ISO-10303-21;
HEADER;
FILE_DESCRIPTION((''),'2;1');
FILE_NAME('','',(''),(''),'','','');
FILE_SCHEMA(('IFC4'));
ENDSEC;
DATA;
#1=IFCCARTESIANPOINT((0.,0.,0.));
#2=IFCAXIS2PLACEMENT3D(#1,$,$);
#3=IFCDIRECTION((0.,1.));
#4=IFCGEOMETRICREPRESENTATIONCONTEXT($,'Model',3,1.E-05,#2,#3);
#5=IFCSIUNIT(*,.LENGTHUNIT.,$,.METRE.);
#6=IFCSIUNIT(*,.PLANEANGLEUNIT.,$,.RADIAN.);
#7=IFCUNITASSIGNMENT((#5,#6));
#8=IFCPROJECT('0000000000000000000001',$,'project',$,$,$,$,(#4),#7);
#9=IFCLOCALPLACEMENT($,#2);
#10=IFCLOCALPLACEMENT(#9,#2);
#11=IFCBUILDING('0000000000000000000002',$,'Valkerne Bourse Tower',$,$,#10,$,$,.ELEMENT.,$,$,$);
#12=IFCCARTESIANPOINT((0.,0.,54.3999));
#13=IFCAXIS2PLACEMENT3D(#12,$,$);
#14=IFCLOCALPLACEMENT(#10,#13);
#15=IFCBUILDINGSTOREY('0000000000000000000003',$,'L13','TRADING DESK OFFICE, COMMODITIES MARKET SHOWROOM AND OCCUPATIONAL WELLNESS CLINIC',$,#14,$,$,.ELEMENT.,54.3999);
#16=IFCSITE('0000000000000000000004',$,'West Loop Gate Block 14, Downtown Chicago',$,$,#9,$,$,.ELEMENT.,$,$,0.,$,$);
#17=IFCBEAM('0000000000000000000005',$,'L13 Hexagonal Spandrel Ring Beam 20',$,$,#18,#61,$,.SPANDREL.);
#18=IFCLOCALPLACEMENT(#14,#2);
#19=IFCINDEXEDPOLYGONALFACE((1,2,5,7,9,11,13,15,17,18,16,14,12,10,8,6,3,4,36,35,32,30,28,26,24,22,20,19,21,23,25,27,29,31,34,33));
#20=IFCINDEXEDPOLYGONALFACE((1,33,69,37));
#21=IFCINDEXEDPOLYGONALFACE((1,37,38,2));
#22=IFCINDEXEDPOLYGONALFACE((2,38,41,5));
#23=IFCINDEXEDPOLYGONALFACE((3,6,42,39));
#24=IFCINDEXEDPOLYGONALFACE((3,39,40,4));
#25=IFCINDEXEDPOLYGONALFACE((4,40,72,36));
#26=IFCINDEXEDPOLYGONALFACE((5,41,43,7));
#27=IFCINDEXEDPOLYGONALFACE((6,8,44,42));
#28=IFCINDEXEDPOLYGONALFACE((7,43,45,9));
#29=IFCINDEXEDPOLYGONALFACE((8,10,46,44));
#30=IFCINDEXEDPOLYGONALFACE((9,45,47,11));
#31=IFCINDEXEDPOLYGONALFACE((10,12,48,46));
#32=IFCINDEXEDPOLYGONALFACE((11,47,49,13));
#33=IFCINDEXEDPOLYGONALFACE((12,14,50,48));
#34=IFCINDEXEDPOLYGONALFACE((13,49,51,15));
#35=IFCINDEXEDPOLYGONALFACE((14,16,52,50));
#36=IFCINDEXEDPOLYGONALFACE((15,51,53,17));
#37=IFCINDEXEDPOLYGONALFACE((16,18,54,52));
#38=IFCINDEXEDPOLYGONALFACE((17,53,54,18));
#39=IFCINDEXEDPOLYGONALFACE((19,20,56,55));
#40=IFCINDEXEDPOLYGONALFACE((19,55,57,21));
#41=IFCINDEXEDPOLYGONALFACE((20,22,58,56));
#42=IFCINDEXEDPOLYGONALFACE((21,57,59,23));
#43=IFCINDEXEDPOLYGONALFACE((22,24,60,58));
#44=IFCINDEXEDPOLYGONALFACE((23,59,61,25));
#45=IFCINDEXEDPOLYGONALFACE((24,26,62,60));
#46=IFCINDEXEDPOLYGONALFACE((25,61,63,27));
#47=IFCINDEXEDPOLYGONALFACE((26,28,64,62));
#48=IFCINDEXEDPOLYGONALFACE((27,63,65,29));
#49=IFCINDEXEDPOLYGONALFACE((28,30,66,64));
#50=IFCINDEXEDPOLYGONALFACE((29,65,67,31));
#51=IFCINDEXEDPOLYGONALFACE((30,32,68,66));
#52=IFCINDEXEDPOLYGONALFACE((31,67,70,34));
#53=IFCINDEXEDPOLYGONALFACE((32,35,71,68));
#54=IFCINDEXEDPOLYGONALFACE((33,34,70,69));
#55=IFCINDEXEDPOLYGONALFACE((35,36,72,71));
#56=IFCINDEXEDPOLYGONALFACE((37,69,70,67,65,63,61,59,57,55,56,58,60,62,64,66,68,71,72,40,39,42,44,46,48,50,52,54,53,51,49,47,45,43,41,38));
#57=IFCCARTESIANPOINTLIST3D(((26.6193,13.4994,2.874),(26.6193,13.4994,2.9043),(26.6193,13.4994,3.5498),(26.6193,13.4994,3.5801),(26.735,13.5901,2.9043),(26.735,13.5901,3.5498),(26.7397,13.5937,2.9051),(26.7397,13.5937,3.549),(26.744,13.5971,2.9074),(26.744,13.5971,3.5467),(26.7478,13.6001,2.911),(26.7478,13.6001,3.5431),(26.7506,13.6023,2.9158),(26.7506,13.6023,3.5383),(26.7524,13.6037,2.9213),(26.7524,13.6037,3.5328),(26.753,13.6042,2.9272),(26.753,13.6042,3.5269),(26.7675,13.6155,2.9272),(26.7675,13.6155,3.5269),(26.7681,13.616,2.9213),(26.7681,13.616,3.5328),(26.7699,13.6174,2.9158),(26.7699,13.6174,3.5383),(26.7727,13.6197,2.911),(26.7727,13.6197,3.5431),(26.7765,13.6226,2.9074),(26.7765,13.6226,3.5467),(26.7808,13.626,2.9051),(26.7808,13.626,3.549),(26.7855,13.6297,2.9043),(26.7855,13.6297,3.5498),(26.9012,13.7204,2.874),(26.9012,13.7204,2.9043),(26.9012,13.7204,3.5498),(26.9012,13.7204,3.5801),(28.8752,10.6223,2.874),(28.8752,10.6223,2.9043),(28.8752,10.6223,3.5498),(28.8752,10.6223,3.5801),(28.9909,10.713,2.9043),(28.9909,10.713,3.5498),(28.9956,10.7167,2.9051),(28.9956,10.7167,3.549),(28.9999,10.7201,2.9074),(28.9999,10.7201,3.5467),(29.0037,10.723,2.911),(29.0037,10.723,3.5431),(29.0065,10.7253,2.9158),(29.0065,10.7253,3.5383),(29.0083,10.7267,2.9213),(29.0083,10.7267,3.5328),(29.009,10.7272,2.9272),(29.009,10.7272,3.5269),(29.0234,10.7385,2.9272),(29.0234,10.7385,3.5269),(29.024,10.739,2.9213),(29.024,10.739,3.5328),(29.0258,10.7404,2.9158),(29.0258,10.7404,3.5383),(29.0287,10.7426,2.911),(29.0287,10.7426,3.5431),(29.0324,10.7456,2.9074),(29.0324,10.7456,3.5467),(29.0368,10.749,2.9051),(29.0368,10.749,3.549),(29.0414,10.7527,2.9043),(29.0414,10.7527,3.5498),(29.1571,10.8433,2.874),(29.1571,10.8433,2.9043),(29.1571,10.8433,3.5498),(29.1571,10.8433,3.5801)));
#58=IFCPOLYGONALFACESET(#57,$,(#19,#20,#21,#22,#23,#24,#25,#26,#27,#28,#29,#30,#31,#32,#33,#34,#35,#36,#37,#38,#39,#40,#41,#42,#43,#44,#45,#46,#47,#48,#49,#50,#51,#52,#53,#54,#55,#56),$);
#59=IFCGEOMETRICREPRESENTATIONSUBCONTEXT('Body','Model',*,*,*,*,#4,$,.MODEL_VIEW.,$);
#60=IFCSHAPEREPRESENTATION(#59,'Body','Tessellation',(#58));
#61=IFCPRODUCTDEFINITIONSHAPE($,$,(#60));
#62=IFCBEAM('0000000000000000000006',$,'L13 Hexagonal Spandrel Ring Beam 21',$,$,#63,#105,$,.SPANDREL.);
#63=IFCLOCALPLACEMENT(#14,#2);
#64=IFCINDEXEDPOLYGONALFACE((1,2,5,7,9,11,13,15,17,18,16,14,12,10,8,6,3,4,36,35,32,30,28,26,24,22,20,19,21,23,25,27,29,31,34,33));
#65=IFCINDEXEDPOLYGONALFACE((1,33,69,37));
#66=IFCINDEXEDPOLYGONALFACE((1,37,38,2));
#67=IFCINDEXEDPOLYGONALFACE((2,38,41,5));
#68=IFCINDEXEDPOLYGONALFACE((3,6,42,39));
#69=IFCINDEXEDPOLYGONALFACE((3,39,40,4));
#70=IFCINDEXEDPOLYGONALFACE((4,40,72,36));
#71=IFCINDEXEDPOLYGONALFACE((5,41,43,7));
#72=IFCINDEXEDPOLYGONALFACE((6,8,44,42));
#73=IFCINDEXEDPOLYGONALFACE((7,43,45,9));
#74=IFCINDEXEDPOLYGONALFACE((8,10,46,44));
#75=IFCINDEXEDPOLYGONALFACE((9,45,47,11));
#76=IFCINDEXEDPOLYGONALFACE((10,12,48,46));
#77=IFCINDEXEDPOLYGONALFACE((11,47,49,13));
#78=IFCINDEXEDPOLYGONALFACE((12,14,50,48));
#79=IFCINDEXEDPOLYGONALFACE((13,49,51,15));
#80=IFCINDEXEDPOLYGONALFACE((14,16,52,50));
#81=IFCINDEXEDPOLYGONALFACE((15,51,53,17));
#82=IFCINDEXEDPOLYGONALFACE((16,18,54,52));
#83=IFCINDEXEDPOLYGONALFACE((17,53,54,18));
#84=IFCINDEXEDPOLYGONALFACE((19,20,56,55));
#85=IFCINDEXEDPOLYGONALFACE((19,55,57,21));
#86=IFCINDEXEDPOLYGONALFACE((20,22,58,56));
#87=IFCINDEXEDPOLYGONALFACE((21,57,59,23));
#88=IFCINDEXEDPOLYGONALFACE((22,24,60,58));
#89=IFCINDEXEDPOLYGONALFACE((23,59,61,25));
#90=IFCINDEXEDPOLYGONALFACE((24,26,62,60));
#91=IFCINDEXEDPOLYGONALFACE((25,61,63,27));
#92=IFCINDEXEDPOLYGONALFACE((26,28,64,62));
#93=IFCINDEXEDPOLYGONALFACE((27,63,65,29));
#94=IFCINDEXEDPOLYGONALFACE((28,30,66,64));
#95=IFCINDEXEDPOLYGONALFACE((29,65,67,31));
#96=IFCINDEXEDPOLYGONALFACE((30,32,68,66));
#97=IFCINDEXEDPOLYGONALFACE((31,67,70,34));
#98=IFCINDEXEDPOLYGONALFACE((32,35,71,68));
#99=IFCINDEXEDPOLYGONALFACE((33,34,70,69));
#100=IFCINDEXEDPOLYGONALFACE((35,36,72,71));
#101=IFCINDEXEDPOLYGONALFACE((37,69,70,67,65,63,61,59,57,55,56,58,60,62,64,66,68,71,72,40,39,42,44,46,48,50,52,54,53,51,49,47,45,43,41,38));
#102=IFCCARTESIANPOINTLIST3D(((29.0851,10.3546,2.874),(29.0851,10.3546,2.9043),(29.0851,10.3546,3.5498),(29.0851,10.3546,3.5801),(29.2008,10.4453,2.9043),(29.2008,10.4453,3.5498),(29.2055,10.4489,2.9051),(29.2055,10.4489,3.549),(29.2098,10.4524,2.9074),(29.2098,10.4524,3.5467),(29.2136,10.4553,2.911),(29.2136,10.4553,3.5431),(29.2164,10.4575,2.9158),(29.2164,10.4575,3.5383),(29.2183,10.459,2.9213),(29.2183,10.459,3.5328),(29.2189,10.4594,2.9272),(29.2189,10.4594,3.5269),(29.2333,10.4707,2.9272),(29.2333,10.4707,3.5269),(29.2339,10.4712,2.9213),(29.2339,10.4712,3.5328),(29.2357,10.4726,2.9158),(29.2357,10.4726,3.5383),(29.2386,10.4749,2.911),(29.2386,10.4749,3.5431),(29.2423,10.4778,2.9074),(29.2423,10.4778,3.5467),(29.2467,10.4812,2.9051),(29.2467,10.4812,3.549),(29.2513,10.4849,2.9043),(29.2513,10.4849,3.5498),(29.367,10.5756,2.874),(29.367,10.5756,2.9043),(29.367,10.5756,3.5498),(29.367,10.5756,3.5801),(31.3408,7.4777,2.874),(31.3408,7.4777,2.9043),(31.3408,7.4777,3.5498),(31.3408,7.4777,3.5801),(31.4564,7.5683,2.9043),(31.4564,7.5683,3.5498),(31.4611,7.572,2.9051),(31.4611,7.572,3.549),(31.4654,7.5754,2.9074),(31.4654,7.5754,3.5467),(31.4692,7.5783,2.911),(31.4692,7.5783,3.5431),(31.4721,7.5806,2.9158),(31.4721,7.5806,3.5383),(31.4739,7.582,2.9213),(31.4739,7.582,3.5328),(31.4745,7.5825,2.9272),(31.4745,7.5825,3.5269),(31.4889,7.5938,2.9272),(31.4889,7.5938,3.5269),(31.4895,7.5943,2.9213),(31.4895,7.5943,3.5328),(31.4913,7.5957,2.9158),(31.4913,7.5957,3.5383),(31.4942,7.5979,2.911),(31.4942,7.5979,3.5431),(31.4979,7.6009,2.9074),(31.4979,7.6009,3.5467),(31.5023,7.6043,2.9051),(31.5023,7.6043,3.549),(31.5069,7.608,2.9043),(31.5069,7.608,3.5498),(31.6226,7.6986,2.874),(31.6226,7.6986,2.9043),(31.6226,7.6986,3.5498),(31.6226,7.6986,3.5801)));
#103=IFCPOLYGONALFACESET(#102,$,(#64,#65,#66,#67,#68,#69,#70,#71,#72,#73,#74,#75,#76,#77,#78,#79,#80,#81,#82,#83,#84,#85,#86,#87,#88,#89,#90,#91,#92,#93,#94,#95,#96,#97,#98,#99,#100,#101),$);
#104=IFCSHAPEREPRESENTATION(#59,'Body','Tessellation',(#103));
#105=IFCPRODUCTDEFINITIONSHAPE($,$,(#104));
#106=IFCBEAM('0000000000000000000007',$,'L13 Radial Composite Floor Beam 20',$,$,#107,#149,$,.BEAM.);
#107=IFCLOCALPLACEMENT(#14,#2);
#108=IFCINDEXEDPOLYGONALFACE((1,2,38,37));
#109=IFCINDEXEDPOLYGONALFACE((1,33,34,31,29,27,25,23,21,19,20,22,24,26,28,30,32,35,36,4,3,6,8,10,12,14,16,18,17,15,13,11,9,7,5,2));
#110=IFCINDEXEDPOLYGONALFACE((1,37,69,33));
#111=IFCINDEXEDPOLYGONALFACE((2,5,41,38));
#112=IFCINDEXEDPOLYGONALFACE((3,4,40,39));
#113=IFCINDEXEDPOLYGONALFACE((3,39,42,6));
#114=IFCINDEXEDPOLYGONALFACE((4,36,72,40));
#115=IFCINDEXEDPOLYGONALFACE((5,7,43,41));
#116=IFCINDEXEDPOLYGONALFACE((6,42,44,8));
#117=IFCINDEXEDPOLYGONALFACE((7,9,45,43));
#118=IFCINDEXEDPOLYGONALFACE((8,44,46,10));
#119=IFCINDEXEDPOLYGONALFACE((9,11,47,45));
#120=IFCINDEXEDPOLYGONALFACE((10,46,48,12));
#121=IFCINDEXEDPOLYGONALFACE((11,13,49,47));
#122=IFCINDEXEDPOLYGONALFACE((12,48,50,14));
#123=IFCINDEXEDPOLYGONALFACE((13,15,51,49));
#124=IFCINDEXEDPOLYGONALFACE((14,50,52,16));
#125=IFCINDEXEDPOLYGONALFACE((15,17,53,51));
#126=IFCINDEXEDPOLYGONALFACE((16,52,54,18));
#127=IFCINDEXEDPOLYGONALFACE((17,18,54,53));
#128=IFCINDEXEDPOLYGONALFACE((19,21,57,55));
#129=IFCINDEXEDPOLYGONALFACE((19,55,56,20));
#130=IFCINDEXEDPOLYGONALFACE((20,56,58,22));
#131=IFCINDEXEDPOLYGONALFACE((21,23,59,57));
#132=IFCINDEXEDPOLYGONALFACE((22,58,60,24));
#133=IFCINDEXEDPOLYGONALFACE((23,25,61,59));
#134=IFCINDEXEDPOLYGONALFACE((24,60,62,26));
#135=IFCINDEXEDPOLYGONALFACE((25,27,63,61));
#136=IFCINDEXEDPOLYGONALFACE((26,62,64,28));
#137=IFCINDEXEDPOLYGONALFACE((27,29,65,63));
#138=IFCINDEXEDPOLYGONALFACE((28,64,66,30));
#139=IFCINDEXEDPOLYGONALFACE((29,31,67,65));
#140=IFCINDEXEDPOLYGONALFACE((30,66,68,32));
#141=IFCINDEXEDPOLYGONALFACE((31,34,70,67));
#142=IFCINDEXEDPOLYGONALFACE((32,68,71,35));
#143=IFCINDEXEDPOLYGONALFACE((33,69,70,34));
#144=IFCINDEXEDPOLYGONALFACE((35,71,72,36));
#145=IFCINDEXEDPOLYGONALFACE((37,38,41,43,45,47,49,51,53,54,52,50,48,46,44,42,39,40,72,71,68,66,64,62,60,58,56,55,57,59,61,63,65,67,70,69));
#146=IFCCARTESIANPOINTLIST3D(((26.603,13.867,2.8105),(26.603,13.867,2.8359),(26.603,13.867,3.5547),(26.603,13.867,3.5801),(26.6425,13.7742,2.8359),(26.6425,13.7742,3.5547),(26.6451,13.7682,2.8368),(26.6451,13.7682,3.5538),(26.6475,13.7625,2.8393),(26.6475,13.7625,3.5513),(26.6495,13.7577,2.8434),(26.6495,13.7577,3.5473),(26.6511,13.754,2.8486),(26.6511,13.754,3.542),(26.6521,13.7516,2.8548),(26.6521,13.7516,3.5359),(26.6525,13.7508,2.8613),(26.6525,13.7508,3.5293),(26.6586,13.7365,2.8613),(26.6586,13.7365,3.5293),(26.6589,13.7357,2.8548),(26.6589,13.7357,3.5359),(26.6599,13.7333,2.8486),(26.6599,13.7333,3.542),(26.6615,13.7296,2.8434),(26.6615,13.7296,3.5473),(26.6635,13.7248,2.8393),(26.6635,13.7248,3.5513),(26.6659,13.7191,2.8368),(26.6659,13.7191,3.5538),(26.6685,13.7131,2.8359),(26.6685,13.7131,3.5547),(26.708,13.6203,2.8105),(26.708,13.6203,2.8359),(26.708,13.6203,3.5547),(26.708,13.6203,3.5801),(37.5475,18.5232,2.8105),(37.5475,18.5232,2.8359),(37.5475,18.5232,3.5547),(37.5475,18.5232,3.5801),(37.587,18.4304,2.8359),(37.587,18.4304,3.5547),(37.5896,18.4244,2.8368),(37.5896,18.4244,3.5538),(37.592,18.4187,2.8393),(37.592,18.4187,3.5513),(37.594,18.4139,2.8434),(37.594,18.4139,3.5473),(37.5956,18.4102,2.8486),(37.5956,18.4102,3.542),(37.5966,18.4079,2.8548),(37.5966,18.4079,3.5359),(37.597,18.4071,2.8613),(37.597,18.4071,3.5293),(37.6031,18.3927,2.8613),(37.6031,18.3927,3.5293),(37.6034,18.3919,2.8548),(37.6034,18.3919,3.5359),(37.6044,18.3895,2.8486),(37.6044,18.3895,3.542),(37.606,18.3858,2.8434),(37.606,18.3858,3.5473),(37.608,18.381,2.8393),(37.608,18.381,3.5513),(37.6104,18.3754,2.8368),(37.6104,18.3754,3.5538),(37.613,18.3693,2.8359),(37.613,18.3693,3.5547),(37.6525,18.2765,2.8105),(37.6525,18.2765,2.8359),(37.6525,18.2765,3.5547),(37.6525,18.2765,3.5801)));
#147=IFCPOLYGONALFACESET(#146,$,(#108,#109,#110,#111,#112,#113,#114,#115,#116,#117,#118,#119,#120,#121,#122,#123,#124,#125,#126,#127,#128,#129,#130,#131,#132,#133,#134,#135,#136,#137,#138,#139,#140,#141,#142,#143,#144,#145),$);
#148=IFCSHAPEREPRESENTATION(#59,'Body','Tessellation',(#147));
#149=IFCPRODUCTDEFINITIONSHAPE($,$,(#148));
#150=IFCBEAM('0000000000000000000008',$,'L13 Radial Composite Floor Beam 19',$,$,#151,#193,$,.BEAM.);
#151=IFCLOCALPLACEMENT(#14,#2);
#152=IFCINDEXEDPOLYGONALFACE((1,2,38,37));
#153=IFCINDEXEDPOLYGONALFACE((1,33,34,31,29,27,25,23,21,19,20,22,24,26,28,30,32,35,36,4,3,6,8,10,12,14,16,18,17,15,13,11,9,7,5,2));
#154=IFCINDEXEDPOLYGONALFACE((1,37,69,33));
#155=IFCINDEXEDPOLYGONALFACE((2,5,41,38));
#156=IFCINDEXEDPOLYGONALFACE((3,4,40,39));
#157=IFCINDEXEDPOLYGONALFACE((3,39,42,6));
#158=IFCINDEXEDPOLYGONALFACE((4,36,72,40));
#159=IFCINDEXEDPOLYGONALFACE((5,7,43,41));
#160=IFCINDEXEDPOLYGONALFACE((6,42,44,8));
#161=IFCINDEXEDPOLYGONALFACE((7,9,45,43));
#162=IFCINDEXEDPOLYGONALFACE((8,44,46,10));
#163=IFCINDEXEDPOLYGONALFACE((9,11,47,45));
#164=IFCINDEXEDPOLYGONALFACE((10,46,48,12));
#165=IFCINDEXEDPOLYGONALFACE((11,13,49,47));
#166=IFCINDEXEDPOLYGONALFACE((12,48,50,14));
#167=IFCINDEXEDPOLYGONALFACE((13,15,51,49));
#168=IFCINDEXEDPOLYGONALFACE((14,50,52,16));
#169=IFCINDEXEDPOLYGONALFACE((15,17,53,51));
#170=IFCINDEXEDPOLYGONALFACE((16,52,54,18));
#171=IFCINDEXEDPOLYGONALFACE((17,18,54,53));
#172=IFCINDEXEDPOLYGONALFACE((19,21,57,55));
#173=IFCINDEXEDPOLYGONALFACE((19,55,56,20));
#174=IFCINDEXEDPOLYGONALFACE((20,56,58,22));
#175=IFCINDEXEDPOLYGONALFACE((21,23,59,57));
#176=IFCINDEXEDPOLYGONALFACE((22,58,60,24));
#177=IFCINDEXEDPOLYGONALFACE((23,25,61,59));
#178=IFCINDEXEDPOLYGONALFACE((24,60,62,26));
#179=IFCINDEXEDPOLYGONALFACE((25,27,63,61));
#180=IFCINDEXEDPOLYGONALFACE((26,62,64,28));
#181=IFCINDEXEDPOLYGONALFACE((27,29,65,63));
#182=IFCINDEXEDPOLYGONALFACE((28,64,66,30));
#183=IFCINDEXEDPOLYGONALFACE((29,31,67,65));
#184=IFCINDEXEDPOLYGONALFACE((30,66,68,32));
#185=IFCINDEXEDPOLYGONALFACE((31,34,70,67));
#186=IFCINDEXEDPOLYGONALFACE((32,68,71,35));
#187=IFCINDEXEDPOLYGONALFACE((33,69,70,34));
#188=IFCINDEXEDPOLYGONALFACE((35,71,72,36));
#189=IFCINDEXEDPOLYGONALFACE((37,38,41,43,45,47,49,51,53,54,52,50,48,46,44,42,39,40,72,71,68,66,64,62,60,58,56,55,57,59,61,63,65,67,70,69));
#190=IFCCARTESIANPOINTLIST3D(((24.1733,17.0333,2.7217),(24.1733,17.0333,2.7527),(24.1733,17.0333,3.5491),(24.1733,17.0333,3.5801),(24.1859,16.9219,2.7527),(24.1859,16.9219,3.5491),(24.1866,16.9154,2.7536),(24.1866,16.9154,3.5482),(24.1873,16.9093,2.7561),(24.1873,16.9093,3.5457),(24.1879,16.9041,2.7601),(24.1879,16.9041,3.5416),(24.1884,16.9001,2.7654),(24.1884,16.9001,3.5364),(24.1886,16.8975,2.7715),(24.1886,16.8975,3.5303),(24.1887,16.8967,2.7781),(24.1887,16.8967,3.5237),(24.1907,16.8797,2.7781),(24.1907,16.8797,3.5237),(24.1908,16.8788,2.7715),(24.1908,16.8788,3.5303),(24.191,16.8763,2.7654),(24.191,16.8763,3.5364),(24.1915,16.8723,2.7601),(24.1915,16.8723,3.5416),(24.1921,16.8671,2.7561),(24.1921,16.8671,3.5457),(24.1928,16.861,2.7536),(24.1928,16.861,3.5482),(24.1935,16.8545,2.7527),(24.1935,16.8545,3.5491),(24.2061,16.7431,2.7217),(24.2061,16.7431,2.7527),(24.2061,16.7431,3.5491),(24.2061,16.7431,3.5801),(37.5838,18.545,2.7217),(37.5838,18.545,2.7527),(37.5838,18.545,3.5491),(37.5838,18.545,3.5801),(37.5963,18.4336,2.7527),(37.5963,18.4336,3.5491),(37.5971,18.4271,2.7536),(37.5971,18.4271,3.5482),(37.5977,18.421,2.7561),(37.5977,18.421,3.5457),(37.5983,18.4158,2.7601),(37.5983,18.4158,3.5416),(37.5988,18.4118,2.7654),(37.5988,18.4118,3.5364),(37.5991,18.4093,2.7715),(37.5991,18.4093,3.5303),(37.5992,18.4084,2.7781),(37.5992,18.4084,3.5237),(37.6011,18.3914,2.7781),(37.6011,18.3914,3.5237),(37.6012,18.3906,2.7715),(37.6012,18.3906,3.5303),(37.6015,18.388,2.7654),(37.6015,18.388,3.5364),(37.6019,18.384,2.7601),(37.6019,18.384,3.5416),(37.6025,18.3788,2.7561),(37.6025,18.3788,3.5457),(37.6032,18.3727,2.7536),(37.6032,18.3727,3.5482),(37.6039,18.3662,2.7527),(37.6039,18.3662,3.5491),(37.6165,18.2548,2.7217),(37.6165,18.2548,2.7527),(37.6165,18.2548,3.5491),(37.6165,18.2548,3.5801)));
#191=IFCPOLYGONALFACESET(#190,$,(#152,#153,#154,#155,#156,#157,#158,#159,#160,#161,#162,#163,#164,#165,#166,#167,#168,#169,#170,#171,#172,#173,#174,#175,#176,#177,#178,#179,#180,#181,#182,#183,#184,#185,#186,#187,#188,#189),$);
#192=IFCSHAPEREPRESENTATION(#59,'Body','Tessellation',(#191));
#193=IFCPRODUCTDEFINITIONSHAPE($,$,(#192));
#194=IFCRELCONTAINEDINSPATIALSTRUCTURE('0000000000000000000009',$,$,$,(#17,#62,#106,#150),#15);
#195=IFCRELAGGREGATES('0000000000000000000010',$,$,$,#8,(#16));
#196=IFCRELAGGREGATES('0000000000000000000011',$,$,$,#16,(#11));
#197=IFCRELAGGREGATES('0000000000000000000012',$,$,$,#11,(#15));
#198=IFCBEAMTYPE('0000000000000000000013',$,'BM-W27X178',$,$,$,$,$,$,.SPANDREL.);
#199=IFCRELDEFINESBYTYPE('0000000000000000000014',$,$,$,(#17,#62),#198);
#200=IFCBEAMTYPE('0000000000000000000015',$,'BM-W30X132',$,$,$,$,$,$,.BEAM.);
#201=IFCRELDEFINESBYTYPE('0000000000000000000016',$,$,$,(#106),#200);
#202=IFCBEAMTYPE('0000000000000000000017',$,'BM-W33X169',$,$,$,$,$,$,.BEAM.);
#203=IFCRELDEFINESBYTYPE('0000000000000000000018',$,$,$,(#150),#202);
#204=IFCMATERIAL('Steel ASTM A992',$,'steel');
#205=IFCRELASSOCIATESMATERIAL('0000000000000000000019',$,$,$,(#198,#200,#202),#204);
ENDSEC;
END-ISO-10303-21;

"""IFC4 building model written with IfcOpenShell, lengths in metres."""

from ifc_helpers import new_model, si_unit, direction, frame, origin, origin_2d, place, context, subcontext, project, spatial, i_section, extrude, material, material_profile, profile_set, type_object, element, save


model = new_model("IFC4")

# Units and contexts
model_context = context("Model", 3, precision=1e-05, world=origin(), true_north=direction((0.0, 1.0)))
body_context = subcontext(model_context, "Body", "Model", "MODEL_VIEW")
ifc_project = project(units=[si_unit("LENGTHUNIT", "METRE"), si_unit("PLANEANGLEUNIT", "RADIAN")], contexts=[model_context])

# Site, building, storey
site_placement = place(None, origin())
site = spatial("IfcSite", under=ifc_project, at=site_placement, Name="West Loop Gate Block 14, Downtown Chicago", CompositionType="ELEMENT", RefElevation=0.0)
building_placement = place(site_placement, origin())
building = spatial("IfcBuilding", under=site, at=building_placement, Name="Valkerne Bourse Tower", CompositionType="ELEMENT")
storey_placement = place(building_placement, frame((0.0, 0.0, 54.3999)))
storey = spatial("IfcBuildingStorey", under=building, at=storey_placement, Name="L13", Description="TRADING DESK OFFICE, COMMODITIES MARKET SHOWROOM AND OCCUPATIONAL WELLNESS CLINIC", CompositionType="ELEMENT", Elevation=54.3999)

# Beams
ifc_material_1 = material(Name="Steel ASTM A992", Category="steel")
ifc_material_profile_1 = material_profile(ifc_material_1, i_section(OverallWidth=0.3582, OverallDepth=0.7061, WebThickness=0.0183, FlangeThickness=0.0303, FilletRadius=0.0229, at=origin_2d()), Name="W27X178")
ifc_profile_set_1 = profile_set([ifc_material_profile_1], Name="Steel ASTM A992")
beam_type_1 = type_object("IfcBeamType", Name="BM-W27X178", PredefinedType="SPANDREL", material=ifc_profile_set_1)
for number, where, z_axis, x_axis, name in (
    (1, (26.7603, 13.6099, 3.2271), (0.617043, -0.78693, 0.0), (0.78693, 0.617043, 0.0), "L13 Hexagonal Spandrel Ring Beam 20"),
):
    element("IfcBeam", number, at=place(storey_placement, frame(where, z_axis=z_axis, x_axis=x_axis)), inside=storey, type_object=beam_type_1, Name=name, PredefinedType="SPANDREL", context=body_context, shape_type="SweptSolid", body=[
        extrude(i_section(OverallWidth=0.3582, OverallDepth=0.7061, WebThickness=0.0183, FlangeThickness=0.0303, FilletRadius=0.0229, at=origin_2d()), origin(), (0.0, 0.0, 1.0), 3.656),
    ])
beam_1_placement = place(storey_placement, frame((29.2261, 10.4651, 3.2271), z_axis=(0.617001, -0.786962, 0.0), x_axis=(0.786962, 0.617001, 0.0)))
element("IfcBeam", 2, at=beam_1_placement, inside=storey, type_object=beam_type_1, Name="L13 Hexagonal Spandrel Ring Beam 21", PredefinedType="SPANDREL", context=body_context, shape_type="SweptSolid", body=[
    extrude(i_section(OverallWidth=0.3582, OverallDepth=0.7061, WebThickness=0.0183, FlangeThickness=0.0303, FilletRadius=0.0229, at=origin_2d()), origin(), (0.0, 0.0, 1.0), 3.6558),
])
ifc_material_profile_2 = material_profile(ifc_material_1, i_section(OverallWidth=0.2681, OverallDepth=0.7695, WebThickness=0.0156, FlangeThickness=0.0254, FilletRadius=0.0254, at=origin_2d()), Name="W30X132")
ifc_profile_set_2 = profile_set([ifc_material_profile_2], Name="Steel ASTM A992")
beam_type_2 = type_object("IfcBeamType", Name="BM-W30X132", PredefinedType="BEAM", material=ifc_profile_set_2)
beam_2_placement = place(storey_placement, frame((26.6555, 13.7437, 3.1953), z_axis=(0.920185, 0.391483, 0.0), x_axis=(-0.391483, 0.920185, 0.0)))
element("IfcBeam", 3, at=beam_2_placement, inside=storey, type_object=beam_type_2, Name="L13 Radial Composite Floor Beam 20", PredefinedType="BEAM", context=body_context, shape_type="SweptSolid", body=[
    extrude(i_section(OverallWidth=0.2681, OverallDepth=0.7695, WebThickness=0.0156, FlangeThickness=0.0254, FilletRadius=0.0254, at=origin_2d()), origin(), (0.0, 0.0, 1.0), 11.8938),
])
ifc_material_profile_3 = material_profile(ifc_material_1, i_section(OverallWidth=0.292, OverallDepth=0.8584, WebThickness=0.0171, FlangeThickness=0.031, FilletRadius=0.0254, at=origin_2d()), Name="W33X169")
ifc_profile_set_3 = profile_set([ifc_material_profile_3], Name="Steel ASTM A992")
beam_type_3 = type_object("IfcBeamType", Name="BM-W33X169", PredefinedType="BEAM", material=ifc_profile_set_3)
beam_3_placement = place(storey_placement, frame((24.1897, 16.8882, 3.1509), z_axis=(0.993706, 0.112018, 0.0), x_axis=(-0.112018, 0.993706, 0.0)))
element("IfcBeam", 4, at=beam_3_placement, inside=storey, type_object=beam_type_3, Name="L13 Radial Composite Floor Beam 19", PredefinedType="BEAM", context=body_context, shape_type="SweptSolid", body=[
    extrude(i_section(OverallWidth=0.292, OverallDepth=0.8584, WebThickness=0.0171, FlangeThickness=0.031, FilletRadius=0.0254, at=origin_2d()), origin(), (0.0, 0.0, 1.0), 13.4954),
])

save(model, "model.ifc")
